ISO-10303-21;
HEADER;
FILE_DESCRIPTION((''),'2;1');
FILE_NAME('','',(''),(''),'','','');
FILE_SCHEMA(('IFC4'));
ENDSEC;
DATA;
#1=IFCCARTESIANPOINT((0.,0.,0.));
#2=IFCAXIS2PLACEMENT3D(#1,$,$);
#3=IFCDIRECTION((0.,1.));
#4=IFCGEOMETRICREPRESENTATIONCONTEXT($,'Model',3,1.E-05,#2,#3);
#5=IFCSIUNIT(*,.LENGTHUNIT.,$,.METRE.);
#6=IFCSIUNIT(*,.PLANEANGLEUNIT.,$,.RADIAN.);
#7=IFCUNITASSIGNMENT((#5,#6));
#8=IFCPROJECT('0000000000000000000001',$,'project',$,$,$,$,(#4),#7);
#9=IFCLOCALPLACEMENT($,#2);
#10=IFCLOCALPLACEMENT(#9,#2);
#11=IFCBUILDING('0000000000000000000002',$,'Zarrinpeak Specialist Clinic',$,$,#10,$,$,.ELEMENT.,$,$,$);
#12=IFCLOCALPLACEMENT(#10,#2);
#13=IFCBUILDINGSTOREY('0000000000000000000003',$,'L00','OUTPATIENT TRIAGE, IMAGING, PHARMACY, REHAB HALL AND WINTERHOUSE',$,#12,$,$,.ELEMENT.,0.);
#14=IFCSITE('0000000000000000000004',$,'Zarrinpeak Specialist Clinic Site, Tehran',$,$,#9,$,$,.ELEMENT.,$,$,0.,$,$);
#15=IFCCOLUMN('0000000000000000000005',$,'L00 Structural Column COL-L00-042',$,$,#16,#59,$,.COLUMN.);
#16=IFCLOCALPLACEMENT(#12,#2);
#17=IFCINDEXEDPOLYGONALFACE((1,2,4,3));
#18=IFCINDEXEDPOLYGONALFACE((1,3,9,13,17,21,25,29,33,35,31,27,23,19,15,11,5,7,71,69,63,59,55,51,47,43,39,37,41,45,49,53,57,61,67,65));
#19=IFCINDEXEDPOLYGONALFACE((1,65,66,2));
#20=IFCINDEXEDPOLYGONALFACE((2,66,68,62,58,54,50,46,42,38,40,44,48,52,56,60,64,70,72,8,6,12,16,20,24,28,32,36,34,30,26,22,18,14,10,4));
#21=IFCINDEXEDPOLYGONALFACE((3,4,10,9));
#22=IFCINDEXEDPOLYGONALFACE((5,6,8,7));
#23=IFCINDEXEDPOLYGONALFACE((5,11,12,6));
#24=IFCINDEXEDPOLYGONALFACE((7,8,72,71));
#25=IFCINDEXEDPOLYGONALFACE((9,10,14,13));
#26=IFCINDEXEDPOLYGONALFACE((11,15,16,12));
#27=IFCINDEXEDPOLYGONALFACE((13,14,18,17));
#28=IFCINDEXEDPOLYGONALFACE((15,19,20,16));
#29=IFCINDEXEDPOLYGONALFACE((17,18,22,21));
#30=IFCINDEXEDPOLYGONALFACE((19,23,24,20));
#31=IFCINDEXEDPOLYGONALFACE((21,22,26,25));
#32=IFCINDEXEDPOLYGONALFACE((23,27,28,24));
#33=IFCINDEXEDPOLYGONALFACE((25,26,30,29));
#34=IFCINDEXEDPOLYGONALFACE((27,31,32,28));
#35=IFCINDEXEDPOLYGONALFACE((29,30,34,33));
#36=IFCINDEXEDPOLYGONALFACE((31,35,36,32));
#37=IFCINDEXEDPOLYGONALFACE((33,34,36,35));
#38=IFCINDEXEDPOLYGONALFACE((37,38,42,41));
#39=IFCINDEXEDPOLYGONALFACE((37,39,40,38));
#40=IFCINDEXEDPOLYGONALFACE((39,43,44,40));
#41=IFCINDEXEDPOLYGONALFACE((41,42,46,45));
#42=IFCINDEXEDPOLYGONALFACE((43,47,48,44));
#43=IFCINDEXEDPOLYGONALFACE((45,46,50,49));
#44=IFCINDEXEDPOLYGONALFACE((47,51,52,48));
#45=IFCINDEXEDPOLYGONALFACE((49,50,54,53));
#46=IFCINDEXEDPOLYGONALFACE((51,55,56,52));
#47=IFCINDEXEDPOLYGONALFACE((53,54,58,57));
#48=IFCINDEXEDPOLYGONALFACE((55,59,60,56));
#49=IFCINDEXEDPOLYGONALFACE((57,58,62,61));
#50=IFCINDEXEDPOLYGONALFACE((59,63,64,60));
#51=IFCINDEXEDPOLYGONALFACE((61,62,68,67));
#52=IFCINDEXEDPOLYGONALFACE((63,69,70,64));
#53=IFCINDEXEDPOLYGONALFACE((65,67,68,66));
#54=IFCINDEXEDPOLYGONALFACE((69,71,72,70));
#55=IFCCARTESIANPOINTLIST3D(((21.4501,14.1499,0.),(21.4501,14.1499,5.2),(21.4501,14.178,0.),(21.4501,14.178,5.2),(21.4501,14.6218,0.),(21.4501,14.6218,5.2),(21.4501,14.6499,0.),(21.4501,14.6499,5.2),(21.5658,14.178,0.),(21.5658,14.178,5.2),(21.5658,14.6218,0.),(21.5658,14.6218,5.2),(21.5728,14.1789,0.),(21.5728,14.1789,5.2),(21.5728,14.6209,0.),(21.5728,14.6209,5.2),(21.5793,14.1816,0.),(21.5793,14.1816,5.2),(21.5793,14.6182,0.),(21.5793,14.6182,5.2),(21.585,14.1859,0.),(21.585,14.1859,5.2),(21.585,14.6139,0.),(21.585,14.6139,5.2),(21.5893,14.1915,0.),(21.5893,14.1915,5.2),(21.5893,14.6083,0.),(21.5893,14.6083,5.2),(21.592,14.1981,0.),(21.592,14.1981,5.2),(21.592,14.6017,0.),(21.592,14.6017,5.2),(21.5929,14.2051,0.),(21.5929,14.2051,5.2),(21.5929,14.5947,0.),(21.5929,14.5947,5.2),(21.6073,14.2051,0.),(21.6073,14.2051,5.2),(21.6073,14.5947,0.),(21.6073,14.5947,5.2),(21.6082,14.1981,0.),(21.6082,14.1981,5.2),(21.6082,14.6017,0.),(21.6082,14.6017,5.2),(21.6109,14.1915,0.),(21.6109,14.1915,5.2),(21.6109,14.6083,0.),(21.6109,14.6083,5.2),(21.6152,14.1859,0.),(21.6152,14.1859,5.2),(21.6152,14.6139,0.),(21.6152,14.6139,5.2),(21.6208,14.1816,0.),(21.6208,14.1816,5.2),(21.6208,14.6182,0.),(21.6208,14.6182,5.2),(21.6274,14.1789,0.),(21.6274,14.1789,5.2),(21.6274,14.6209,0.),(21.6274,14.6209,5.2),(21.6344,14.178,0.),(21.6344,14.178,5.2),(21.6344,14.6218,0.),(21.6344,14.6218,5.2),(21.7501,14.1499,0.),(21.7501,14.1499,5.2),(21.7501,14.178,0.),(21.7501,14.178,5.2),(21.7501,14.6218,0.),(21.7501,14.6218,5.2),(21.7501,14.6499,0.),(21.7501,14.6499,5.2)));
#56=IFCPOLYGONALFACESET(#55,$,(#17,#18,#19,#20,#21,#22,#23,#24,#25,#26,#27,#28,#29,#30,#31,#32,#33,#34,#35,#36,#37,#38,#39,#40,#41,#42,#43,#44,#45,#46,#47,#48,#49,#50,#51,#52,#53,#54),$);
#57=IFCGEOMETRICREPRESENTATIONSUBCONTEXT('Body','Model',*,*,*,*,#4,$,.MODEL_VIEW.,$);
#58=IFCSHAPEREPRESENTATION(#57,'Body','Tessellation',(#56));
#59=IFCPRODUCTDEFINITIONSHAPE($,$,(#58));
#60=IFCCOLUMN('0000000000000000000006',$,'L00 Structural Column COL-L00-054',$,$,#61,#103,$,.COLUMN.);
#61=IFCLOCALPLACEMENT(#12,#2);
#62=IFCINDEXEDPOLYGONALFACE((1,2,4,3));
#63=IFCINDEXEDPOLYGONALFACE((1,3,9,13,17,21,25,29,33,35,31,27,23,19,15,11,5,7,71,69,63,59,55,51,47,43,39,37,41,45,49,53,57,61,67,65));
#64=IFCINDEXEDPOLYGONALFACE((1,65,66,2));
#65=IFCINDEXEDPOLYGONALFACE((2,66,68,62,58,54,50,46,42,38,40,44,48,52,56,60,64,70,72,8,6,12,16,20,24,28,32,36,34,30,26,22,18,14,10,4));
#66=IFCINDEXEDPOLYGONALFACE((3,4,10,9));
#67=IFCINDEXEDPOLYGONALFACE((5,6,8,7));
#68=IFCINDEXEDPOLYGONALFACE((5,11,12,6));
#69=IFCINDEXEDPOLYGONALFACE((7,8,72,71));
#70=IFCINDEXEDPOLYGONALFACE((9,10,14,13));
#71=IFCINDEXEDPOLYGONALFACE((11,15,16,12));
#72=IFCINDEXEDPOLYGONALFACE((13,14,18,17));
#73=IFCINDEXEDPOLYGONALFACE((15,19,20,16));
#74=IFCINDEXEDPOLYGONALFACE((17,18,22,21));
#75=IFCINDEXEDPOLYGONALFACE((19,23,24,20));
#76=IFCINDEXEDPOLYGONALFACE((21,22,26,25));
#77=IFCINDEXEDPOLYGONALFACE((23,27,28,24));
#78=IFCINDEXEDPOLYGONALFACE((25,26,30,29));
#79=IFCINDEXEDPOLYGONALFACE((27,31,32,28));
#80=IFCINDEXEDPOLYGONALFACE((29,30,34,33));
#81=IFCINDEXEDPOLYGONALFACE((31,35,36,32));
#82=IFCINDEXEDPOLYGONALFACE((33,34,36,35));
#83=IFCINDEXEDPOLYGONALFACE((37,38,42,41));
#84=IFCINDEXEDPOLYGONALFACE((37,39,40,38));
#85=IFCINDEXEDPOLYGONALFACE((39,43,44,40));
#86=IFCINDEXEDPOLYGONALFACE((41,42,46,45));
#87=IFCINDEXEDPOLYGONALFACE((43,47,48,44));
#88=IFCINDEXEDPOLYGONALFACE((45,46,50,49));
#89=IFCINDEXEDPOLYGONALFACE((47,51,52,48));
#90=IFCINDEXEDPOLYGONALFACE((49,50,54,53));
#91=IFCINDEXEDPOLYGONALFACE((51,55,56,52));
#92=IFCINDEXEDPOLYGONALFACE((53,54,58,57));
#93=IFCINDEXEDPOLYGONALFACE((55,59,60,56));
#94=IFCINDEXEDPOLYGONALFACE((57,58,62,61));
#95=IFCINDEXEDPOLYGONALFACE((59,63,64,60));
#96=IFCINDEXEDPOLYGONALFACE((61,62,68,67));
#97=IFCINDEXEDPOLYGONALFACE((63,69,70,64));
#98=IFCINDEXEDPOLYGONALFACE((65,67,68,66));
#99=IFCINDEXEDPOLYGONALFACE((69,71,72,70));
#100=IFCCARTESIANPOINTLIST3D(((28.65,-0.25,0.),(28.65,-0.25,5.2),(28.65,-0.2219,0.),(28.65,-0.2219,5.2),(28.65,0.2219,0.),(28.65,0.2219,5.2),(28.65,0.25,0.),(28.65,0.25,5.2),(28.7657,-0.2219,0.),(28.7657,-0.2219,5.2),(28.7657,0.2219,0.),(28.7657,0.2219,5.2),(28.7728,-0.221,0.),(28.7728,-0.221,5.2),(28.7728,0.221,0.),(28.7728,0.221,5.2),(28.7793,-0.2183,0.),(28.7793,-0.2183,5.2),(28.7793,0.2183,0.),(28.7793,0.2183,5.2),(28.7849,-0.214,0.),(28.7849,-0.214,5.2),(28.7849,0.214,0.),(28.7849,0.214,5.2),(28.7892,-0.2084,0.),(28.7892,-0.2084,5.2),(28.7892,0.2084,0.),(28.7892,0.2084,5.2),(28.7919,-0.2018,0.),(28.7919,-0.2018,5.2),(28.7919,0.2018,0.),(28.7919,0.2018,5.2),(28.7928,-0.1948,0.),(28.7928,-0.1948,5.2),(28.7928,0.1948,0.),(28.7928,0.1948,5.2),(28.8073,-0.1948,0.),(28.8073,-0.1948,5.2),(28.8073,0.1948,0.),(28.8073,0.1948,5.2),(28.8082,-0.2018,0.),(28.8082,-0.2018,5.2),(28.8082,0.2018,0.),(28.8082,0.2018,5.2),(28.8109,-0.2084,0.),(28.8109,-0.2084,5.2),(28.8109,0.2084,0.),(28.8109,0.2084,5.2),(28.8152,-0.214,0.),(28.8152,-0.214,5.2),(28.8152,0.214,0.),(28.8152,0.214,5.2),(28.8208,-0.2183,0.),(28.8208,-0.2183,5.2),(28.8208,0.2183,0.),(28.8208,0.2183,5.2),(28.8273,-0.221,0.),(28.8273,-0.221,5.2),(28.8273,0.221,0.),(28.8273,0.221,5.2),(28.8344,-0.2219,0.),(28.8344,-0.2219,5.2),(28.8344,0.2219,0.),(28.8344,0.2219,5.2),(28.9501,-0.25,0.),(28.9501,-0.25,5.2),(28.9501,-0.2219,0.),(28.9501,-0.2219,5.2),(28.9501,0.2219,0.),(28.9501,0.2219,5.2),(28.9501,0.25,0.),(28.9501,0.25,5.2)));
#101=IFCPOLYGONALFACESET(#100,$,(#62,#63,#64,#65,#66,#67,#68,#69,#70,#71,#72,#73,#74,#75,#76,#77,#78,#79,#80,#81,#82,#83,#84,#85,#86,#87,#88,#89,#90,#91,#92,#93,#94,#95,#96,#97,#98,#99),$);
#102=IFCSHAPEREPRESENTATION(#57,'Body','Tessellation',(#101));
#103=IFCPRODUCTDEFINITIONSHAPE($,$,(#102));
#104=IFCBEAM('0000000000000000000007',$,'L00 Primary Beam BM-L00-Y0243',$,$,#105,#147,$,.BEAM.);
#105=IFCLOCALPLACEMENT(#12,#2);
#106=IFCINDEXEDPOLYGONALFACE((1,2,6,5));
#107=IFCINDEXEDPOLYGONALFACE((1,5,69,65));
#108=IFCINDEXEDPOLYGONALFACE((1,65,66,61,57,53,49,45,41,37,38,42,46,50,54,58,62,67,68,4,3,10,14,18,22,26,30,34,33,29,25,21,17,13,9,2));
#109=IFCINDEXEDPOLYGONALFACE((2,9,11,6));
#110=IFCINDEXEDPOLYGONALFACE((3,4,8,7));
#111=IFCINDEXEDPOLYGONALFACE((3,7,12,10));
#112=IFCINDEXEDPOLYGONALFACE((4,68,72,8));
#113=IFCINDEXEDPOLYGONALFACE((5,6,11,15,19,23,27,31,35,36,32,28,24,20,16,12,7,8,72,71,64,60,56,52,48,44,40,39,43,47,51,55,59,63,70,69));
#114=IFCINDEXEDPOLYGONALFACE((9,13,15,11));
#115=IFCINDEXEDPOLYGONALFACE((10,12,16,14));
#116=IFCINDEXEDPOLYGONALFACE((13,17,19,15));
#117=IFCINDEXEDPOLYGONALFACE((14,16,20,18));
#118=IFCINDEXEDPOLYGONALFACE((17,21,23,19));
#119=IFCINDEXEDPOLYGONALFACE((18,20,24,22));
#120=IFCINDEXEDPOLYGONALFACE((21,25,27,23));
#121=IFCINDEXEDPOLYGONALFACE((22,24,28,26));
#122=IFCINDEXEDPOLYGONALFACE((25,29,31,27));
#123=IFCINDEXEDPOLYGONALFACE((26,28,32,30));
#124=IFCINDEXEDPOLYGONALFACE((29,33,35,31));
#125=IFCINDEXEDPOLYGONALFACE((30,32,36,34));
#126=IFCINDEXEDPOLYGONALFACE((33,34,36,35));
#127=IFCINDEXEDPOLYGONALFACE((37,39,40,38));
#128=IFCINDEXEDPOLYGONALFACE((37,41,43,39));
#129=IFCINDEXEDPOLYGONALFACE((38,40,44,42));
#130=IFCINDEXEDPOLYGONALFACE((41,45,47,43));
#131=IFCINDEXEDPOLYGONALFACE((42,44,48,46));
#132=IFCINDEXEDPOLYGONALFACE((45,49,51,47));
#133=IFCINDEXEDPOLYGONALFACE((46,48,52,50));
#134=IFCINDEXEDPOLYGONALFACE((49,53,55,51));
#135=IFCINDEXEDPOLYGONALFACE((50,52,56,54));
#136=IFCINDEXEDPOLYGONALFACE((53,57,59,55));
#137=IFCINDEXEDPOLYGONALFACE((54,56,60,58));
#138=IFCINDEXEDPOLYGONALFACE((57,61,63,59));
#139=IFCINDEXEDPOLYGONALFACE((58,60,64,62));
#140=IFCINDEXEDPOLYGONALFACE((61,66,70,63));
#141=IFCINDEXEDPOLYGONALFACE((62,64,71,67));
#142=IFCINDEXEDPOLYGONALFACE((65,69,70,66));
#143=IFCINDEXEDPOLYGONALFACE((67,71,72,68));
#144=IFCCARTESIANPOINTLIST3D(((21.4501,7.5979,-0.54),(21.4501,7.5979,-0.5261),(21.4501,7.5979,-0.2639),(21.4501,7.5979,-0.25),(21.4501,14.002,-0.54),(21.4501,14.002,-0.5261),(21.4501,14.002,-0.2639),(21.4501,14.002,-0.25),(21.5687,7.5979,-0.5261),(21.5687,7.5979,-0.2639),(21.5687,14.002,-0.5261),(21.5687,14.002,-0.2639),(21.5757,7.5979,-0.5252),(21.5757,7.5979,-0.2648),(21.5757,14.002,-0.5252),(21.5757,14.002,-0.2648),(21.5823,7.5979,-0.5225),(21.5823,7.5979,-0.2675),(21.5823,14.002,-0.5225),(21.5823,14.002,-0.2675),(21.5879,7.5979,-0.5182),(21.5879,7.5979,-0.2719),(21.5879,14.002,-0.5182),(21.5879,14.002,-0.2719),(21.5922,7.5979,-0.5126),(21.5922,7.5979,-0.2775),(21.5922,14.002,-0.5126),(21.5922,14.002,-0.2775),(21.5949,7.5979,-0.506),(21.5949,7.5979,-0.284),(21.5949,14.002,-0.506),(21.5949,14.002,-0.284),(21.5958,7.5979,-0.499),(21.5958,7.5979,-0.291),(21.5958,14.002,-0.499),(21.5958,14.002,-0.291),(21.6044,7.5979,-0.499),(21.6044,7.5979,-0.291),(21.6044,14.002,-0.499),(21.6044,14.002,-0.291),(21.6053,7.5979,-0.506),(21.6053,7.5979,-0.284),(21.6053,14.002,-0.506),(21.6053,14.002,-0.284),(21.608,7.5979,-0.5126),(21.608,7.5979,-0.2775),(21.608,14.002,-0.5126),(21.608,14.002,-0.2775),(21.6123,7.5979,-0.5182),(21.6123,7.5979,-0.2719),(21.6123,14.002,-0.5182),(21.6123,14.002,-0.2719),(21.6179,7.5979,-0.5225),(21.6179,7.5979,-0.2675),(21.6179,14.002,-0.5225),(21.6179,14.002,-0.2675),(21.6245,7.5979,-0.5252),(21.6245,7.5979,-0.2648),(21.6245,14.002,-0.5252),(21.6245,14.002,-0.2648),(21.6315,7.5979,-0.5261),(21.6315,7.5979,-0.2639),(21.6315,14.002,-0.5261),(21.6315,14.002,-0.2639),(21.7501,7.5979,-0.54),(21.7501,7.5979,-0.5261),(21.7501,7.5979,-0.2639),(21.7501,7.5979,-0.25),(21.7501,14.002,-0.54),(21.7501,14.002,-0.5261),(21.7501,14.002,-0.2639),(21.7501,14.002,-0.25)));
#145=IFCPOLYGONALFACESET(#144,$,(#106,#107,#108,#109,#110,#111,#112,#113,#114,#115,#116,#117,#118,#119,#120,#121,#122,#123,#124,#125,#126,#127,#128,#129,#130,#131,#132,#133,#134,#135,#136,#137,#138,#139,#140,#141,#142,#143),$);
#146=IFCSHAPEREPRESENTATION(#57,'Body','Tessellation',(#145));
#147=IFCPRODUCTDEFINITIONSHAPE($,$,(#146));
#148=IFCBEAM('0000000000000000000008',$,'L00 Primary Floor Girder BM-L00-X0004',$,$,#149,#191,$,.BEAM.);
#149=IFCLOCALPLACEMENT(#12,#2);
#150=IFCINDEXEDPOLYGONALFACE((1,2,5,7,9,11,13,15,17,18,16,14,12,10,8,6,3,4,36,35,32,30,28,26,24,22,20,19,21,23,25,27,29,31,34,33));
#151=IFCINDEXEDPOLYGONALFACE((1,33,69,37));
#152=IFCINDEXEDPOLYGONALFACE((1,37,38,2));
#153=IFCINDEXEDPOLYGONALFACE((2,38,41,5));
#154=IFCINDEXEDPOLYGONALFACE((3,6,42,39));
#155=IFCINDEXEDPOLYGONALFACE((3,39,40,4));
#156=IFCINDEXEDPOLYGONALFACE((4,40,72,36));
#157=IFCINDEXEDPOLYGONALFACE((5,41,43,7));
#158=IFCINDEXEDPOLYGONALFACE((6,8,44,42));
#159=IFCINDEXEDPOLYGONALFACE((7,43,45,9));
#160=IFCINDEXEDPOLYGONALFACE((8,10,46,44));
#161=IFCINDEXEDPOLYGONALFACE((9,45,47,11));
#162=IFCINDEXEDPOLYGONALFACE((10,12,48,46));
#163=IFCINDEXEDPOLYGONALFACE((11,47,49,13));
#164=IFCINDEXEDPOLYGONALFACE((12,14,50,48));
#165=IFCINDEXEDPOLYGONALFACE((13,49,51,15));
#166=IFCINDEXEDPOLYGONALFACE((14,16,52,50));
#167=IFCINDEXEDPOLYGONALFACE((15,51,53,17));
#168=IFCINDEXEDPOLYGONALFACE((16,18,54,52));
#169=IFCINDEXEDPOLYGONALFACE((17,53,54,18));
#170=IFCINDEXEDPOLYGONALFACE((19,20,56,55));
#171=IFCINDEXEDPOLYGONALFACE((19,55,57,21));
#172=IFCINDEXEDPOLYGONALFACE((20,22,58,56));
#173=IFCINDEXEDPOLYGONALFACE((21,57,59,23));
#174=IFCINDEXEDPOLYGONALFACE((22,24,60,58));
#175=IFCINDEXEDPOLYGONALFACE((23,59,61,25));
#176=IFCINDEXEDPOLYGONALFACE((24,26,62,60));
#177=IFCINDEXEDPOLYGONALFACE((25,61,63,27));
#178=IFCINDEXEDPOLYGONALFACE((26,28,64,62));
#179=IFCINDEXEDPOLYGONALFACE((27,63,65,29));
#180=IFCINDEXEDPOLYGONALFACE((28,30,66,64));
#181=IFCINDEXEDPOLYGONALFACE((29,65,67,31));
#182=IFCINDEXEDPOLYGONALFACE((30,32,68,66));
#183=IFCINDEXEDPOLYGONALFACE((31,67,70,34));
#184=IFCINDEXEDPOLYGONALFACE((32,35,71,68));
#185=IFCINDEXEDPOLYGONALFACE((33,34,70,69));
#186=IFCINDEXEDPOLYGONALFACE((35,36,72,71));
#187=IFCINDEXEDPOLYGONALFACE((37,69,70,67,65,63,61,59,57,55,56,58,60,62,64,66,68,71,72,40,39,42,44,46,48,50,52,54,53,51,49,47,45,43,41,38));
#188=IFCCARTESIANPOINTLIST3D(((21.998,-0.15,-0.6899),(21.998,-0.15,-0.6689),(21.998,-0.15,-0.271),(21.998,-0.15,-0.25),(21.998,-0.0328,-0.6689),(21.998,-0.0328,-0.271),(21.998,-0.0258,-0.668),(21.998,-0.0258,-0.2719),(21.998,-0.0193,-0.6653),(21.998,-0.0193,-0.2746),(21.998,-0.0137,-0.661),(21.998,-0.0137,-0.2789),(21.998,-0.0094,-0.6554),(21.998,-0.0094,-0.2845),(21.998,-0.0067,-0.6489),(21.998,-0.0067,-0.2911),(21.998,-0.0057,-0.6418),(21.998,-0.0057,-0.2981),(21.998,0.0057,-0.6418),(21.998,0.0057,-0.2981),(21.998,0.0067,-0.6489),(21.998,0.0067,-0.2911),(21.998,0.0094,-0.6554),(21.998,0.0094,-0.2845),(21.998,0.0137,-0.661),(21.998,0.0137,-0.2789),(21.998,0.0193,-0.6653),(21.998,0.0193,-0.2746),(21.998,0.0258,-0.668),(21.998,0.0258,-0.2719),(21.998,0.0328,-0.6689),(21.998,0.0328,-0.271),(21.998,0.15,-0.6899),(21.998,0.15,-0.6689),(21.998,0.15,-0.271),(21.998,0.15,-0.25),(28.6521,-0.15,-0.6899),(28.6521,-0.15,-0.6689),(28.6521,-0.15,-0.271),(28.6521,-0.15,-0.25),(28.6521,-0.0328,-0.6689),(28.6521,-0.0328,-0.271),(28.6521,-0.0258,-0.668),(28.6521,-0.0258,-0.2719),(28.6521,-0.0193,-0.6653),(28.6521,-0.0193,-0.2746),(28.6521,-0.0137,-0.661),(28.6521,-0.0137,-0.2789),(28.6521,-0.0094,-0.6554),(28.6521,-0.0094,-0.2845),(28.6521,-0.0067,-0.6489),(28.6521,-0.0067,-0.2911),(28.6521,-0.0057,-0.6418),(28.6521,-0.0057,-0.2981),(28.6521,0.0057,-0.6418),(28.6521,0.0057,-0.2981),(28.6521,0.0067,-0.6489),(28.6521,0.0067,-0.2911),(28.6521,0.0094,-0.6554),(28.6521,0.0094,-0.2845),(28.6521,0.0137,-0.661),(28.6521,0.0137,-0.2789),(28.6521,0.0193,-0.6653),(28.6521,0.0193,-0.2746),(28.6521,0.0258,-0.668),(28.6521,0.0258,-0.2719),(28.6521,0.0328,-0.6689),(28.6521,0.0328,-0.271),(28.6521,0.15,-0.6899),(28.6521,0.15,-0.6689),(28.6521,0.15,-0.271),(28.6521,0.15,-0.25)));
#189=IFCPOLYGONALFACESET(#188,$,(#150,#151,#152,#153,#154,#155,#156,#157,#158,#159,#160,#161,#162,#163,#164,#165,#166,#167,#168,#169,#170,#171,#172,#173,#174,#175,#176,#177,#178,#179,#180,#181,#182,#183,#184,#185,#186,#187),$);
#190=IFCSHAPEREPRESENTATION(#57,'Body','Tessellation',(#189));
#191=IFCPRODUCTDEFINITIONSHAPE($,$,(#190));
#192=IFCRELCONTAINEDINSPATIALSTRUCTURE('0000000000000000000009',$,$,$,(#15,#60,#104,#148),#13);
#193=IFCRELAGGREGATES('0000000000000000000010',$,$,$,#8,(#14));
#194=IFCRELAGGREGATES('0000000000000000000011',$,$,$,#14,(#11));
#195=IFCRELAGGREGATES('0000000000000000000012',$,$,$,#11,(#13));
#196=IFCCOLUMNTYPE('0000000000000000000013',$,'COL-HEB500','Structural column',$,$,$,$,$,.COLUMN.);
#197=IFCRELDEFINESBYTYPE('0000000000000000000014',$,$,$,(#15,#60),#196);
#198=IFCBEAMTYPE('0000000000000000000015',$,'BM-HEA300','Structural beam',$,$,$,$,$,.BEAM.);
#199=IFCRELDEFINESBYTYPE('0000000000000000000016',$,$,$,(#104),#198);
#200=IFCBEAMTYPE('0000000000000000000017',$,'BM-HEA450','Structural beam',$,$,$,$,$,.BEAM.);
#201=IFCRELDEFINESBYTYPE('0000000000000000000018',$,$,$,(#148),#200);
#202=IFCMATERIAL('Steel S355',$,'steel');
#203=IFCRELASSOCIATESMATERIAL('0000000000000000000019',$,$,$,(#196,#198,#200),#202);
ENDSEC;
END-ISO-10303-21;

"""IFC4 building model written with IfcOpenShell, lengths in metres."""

from ifc_helpers import new_model, si_unit, direction, frame, origin, origin_2d, place, context, subcontext, project, spatial, i_section, extrude, material, material_profile, profile_set, type_object, element, save


model = new_model("IFC4")

# Units and contexts
model_context = context("Model", 3, precision=1e-05, world=origin(), true_north=direction((0.0, 1.0)))
body_context = subcontext(model_context, "Body", "Model", "MODEL_VIEW")
ifc_project = project(units=[si_unit("LENGTHUNIT", "METRE"), si_unit("PLANEANGLEUNIT", "RADIAN")], contexts=[model_context])

# Site, building, storey
site_placement = place(None, origin())
site = spatial("IfcSite", under=ifc_project, at=site_placement, Name="Zarrinpeak Specialist Clinic Site, Tehran", CompositionType="ELEMENT", RefElevation=0.0)
building_placement = place(site_placement, origin())
building = spatial("IfcBuilding", under=site, at=building_placement, Name="Zarrinpeak Specialist Clinic", CompositionType="ELEMENT")
storey_placement = place(building_placement, origin())
storey = spatial("IfcBuildingStorey", under=building, at=storey_placement, Name="L00", Description="OUTPATIENT TRIAGE, IMAGING, PHARMACY, REHAB HALL AND WINTERHOUSE", CompositionType="ELEMENT", Elevation=0.0)

# Columns
ifc_material_1 = material(Name="Steel S355", Category="steel")
ifc_material_profile_1 = material_profile(ifc_material_1, i_section(OverallWidth=0.3, OverallDepth=0.5, WebThickness=0.0144, FlangeThickness=0.0281, FilletRadius=0.0271, at=origin_2d()), Name="HEB 500")
ifc_profile_set_1 = profile_set([ifc_material_profile_1], Name="Steel S355")
column_type = type_object("IfcColumnType", Name="COL-HEB500", Description="Structural column", PredefinedType="COLUMN", material=ifc_profile_set_1)
for number, where, z_axis, x_axis, name in (
    (1, (21.6001, 14.3999, 0.0), (0.0, 0.0, 1.0), (1.0, 0.0, 0.0), "L00 Structural Column COL-L00-042"),
    (2, (28.8, 0.0, 0.0), (0.0, 0.0, 1.0), (1.0, 0.0, 0.0), "L00 Structural Column COL-L00-054"),
):
    element("IfcColumn", number, at=place(storey_placement, frame(where, z_axis=z_axis, x_axis=x_axis)), inside=storey, type_object=column_type, Name=name, PredefinedType="COLUMN", context=body_context, shape_type="SweptSolid", body=[
        extrude(i_section(OverallWidth=0.3, OverallDepth=0.5, WebThickness=0.0144, FlangeThickness=0.0281, FilletRadius=0.0271, at=origin_2d()), origin(), (0.0, 0.0, 1.0), 5.2),
    ])

# Beams
ifc_material_profile_2 = material_profile(ifc_material_1, i_section(OverallWidth=0.3, OverallDepth=0.29, WebThickness=0.0085, FlangeThickness=0.0139, FilletRadius=0.0271, at=origin_2d()), Name="HEA 300")
ifc_profile_set_2 = profile_set([ifc_material_profile_2], Name="Steel S355")
beam_type_1 = type_object("IfcBeamType", Name="BM-HEA300", Description="Structural beam", PredefinedType="BEAM", material=ifc_profile_set_2)
beam_1_placement = place(storey_placement, frame((21.6001, 7.5979, -0.395), z_axis=(0.0, 1.0, 0.0), x_axis=(-1.0, 0.0, 0.0)))
element("IfcBeam", 3, at=beam_1_placement, inside=storey, type_object=beam_type_1, Name="L00 Primary Beam BM-L00-Y0243", PredefinedType="BEAM", context=body_context, shape_type="SweptSolid", body=[
    extrude(i_section(OverallWidth=0.3, OverallDepth=0.29, WebThickness=0.0085, FlangeThickness=0.0139, FilletRadius=0.0271, at=origin_2d()), origin(), (0.0, 0.0, 1.0), 6.4041),
])
ifc_material_profile_3 = material_profile(ifc_material_1, i_section(OverallWidth=0.3, OverallDepth=0.4399, WebThickness=0.0115, FlangeThickness=0.021, FilletRadius=0.0271, at=origin_2d()), Name="HEA 450")
ifc_profile_set_3 = profile_set([ifc_material_profile_3], Name="Steel S355")
beam_type_2 = type_object("IfcBeamType", Name="BM-HEA450", Description="Structural beam", PredefinedType="BEAM", material=ifc_profile_set_3)
beam_2_placement = place(storey_placement, frame((21.998, 0.0, -0.47), z_axis=(1.0, 0.0, 0.0), x_axis=(0.0, 1.0, 0.0)))
element("IfcBeam", 4, at=beam_2_placement, inside=storey, type_object=beam_type_2, Name="L00 Primary Floor Girder BM-L00-X0004", PredefinedType="BEAM", context=body_context, shape_type="SweptSolid", body=[
    extrude(i_section(OverallWidth=0.3, OverallDepth=0.4399, WebThickness=0.0115, FlangeThickness=0.021, FilletRadius=0.0271, at=origin_2d()), origin(), (0.0, 0.0, 1.0), 6.6541),
])

save(model, "model.ifc")
